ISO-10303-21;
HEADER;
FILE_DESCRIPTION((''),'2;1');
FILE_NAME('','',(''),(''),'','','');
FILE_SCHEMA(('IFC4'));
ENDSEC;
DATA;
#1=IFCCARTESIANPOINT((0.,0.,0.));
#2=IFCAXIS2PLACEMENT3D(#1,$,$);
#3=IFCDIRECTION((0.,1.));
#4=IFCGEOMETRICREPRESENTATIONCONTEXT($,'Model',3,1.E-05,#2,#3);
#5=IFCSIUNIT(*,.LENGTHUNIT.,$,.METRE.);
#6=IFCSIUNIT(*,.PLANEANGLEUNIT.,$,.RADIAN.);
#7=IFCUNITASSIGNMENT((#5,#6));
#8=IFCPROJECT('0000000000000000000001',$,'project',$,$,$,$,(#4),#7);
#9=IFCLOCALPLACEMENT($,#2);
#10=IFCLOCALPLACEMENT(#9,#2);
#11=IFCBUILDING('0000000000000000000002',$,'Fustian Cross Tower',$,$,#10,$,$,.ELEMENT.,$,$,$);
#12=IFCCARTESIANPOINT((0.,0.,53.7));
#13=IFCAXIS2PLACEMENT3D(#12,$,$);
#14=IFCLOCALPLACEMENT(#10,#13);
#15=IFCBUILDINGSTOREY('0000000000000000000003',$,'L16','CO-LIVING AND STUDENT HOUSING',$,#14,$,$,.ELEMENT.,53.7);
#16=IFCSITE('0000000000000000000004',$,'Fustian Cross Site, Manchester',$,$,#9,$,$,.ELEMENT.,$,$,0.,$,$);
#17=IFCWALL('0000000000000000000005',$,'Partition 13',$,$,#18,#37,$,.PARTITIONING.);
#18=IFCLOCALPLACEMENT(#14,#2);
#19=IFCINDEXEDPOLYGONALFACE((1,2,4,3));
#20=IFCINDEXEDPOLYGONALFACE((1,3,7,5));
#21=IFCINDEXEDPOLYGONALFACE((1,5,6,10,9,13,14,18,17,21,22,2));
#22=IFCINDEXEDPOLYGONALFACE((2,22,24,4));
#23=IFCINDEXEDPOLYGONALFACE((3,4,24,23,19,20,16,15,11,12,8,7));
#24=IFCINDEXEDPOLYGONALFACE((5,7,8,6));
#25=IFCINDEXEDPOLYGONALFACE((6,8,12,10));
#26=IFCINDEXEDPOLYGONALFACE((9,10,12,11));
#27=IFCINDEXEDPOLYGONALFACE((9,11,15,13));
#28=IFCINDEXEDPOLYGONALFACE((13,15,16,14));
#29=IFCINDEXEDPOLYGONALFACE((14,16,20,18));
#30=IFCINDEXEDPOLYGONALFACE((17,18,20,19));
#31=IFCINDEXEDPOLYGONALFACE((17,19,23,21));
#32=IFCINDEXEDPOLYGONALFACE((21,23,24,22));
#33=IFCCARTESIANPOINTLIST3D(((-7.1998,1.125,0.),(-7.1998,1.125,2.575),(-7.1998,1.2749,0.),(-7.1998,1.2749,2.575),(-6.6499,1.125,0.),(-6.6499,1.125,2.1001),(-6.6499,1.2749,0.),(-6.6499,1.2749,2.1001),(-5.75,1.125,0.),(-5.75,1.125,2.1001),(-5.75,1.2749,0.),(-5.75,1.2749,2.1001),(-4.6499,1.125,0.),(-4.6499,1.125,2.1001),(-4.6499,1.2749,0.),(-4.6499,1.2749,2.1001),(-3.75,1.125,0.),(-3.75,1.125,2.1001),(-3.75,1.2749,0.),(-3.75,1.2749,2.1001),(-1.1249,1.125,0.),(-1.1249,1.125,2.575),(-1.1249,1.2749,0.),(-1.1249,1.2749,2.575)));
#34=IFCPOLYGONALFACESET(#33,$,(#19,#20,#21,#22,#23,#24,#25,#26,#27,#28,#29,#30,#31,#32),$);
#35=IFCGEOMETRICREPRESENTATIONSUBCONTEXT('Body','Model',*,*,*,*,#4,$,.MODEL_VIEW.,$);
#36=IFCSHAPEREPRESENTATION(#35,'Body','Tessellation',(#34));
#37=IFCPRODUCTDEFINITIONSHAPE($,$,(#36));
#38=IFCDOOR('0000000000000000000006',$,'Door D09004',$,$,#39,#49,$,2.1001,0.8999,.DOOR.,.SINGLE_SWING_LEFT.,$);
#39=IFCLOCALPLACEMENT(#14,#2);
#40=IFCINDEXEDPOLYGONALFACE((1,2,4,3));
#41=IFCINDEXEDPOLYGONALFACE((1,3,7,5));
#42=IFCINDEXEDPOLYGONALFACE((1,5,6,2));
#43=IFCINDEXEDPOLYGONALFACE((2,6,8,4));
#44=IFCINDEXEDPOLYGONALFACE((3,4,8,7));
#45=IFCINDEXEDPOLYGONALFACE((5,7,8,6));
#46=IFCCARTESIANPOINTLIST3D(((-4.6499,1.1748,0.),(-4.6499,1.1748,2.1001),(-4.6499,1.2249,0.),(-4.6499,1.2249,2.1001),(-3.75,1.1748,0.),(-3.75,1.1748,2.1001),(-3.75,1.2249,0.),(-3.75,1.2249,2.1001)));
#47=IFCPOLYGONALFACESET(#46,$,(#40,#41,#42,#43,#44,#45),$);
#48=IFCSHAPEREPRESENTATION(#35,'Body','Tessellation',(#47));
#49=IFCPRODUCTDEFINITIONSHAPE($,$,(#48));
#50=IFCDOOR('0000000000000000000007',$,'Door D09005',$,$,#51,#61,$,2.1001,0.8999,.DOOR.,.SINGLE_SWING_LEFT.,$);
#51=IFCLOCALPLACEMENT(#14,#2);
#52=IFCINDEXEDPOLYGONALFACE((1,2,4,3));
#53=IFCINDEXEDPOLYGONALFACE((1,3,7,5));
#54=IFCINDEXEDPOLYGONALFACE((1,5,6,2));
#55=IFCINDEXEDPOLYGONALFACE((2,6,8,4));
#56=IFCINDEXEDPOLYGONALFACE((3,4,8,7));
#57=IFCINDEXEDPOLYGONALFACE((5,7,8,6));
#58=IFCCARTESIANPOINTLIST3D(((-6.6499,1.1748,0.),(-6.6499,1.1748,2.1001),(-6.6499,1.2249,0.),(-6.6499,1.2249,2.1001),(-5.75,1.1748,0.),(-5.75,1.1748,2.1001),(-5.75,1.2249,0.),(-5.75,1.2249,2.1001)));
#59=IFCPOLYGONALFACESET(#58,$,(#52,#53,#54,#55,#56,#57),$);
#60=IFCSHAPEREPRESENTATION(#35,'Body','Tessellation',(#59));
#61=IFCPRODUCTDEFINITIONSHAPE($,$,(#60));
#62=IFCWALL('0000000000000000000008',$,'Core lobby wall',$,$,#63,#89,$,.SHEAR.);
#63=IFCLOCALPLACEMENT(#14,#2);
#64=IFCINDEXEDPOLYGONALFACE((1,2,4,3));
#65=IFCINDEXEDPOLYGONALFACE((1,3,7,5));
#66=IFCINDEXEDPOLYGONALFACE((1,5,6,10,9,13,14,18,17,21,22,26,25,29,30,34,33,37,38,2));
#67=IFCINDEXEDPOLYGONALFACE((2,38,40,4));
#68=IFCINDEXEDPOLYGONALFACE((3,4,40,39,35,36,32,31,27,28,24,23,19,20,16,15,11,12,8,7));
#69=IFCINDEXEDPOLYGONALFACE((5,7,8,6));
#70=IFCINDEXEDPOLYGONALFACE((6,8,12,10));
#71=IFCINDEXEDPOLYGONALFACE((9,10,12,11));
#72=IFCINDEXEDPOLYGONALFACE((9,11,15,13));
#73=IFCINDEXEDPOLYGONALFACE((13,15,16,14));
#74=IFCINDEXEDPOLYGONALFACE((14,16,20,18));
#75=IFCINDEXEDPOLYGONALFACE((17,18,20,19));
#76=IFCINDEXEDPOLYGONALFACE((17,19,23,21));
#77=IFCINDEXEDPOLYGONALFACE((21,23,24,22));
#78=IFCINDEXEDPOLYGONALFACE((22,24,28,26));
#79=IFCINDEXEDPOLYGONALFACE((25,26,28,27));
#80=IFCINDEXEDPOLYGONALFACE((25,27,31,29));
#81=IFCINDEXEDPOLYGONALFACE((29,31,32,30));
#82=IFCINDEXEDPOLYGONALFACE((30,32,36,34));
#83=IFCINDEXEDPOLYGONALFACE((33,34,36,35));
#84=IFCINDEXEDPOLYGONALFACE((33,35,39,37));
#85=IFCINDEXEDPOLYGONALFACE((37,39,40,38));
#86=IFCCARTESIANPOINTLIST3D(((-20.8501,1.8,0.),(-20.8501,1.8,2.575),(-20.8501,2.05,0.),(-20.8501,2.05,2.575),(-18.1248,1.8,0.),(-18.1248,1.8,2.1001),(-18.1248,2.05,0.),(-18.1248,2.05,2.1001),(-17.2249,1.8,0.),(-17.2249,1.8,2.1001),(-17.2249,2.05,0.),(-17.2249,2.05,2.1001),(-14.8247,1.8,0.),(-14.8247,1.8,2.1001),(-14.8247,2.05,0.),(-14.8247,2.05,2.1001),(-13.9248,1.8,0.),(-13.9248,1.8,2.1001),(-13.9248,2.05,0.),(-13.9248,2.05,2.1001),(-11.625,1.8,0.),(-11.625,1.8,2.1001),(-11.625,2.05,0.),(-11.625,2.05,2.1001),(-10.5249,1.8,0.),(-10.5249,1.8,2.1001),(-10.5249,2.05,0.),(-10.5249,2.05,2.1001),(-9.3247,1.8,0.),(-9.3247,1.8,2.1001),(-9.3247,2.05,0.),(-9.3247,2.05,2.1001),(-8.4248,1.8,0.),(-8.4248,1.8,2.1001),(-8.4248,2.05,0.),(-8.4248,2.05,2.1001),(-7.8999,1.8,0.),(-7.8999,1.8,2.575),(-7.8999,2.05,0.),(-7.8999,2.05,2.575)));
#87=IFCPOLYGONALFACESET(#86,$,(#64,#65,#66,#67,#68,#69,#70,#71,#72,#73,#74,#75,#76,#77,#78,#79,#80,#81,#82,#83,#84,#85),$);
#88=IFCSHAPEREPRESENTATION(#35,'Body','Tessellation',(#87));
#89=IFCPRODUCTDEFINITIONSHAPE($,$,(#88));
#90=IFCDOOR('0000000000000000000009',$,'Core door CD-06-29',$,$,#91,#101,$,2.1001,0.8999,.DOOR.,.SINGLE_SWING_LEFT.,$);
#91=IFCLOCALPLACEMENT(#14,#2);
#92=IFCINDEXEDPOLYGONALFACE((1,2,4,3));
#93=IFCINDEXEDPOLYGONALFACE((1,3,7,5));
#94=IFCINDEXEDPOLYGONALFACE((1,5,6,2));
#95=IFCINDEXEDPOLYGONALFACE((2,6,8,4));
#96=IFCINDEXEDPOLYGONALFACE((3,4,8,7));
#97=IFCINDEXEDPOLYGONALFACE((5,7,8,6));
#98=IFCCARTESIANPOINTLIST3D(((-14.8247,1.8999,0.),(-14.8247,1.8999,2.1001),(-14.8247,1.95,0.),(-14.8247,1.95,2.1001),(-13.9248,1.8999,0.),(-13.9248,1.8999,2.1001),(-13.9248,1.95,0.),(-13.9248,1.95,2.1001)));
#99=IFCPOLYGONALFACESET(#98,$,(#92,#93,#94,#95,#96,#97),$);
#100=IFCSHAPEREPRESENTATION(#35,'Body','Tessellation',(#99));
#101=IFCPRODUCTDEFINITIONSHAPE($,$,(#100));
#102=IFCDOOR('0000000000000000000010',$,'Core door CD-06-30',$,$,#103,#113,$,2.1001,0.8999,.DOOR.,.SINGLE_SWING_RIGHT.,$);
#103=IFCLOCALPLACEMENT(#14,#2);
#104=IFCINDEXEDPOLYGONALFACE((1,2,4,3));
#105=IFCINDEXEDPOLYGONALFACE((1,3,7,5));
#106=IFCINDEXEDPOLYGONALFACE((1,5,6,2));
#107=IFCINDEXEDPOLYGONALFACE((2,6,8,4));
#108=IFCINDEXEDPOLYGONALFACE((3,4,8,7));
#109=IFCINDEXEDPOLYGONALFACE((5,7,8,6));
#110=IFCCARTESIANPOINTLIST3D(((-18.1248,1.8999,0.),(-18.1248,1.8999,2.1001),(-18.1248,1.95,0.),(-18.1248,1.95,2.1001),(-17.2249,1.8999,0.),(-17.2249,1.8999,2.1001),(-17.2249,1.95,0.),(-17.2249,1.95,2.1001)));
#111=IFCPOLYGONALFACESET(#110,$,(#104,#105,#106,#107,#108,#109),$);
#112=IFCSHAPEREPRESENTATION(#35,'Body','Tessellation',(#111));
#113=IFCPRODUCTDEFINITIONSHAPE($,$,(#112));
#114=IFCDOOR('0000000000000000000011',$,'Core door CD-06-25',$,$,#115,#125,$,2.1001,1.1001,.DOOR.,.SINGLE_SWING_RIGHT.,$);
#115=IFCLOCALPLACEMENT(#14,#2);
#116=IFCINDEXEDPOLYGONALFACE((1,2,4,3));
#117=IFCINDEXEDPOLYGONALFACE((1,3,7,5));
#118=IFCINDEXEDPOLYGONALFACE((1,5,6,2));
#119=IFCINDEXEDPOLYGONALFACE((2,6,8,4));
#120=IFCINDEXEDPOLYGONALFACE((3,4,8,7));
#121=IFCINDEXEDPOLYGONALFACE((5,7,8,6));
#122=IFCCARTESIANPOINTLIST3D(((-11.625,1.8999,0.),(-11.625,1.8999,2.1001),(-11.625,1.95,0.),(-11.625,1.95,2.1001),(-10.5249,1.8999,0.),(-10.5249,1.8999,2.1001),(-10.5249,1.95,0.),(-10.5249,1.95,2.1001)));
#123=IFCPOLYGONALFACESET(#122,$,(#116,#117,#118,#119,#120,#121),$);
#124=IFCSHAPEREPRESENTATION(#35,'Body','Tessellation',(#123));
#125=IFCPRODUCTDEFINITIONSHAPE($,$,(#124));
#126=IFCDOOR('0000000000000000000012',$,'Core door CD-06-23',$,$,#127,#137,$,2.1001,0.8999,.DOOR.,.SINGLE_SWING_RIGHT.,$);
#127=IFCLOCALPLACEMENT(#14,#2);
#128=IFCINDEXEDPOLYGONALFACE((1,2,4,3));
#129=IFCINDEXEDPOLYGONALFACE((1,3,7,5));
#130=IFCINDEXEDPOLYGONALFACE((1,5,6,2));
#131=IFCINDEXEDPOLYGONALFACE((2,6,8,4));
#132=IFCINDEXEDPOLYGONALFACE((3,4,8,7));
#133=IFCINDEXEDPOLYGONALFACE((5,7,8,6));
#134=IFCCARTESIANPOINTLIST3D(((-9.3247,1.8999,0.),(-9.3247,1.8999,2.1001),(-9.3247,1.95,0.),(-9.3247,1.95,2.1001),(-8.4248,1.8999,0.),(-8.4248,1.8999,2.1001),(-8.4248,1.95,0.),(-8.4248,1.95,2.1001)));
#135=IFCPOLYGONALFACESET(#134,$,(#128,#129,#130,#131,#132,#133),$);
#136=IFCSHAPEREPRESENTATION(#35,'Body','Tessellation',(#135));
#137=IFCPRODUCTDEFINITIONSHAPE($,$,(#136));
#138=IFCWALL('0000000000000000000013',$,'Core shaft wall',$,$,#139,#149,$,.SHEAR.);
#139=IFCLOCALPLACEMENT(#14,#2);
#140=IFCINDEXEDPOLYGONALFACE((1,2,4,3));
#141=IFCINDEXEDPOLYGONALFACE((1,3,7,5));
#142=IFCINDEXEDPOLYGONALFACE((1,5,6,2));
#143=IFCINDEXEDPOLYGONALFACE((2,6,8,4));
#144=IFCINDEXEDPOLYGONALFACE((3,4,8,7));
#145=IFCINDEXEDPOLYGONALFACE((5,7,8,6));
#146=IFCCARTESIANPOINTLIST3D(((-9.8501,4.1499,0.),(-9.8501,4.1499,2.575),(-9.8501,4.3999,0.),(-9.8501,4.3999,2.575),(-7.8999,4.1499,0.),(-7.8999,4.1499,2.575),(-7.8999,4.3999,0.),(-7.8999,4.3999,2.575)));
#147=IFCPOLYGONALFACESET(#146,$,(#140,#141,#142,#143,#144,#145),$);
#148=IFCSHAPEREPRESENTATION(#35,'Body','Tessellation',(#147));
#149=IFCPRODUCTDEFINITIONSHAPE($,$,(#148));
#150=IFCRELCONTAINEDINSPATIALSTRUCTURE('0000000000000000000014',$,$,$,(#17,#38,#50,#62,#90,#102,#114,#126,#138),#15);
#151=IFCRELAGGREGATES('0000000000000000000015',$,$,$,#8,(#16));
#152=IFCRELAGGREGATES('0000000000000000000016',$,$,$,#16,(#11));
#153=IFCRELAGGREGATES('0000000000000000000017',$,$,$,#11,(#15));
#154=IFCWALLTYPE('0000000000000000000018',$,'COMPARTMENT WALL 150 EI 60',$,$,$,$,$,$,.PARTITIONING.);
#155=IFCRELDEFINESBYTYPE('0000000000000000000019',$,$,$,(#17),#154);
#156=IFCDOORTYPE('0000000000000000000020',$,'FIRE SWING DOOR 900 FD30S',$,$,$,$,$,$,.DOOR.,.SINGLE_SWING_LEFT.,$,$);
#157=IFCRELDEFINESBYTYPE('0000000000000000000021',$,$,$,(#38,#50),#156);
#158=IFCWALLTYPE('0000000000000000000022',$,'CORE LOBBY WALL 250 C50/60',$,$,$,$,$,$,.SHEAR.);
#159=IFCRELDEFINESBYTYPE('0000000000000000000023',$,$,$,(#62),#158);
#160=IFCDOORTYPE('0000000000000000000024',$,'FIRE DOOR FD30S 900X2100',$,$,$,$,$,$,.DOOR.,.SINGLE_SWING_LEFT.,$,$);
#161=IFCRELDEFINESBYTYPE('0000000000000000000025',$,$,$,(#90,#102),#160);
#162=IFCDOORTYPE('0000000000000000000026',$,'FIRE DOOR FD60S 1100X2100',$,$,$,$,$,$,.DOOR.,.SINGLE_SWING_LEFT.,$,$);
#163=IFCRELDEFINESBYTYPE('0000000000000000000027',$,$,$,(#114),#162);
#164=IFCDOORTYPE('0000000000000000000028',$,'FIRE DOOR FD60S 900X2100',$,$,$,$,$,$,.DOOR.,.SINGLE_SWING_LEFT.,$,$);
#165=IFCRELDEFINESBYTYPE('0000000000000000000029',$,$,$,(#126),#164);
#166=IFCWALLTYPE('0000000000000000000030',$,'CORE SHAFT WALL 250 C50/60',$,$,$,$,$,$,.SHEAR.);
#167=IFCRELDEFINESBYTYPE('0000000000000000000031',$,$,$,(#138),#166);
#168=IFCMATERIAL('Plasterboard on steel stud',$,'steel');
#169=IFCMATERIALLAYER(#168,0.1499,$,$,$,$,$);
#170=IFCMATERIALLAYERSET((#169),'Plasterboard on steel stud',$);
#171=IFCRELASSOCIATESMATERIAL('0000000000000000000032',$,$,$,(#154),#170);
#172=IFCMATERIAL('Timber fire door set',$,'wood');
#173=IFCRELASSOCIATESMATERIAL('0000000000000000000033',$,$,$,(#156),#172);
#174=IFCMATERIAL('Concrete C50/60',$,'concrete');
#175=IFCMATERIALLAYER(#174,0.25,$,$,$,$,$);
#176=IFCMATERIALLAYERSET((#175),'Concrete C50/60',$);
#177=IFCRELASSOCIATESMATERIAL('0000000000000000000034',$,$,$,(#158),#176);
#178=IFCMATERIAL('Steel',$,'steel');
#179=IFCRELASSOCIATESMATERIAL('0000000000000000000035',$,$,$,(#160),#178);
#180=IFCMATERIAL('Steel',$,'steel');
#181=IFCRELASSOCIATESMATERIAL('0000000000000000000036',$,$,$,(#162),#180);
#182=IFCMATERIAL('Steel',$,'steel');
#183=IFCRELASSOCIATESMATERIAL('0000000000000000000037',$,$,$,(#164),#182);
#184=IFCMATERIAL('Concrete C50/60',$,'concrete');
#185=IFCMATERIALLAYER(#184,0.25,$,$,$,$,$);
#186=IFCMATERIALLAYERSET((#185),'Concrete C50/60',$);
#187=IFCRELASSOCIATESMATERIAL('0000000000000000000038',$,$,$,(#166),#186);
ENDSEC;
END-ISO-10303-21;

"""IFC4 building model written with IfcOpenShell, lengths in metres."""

from ifc_helpers import new_model, si_unit, direction, frame, frame_2d, origin, place, context, subcontext, project, spatial, rectangle, extrude, material, layer, layer_set, type_object, element, fill, save


model = new_model("IFC4")

# Units and contexts
model_context = context("Model", 3, precision=1e-05, world=origin(), true_north=direction((0.0, 1.0)))
body_context = subcontext(model_context, "Body", "Model", "MODEL_VIEW")
ifc_project = project(units=[si_unit("LENGTHUNIT", "METRE"), si_unit("PLANEANGLEUNIT", "RADIAN")], contexts=[model_context])

# Site, building, storey
site_placement = place(None, origin())
site = spatial("IfcSite", under=ifc_project, at=site_placement, Name="Fustian Cross Site, Manchester", CompositionType="ELEMENT", RefElevation=0.0)
building_placement = place(site_placement, origin())
building = spatial("IfcBuilding", under=site, at=building_placement, Name="Fustian Cross Tower", CompositionType="ELEMENT")
storey_placement = place(building_placement, frame((0.0, 0.0, 53.7)))
storey = spatial("IfcBuildingStorey", under=building, at=storey_placement, Name="L16", Description="CO-LIVING AND STUDENT HOUSING", CompositionType="ELEMENT", Elevation=53.7)

# Walls, openings, doors
ifc_material_1 = material(Name="Plasterboard on steel stud", Category="steel")
ifc_layer_1 = layer(ifc_material_1, 0.1499)
ifc_layer_set_1 = layer_set([ifc_layer_1], Name="Plasterboard on steel stud")
wall_type_1 = type_object("IfcWallType", Name="COMPARTMENT WALL 150 EI 60", PredefinedType="PARTITIONING", material=ifc_layer_set_1)
wall_1_placement = place(storey_placement, frame((-7.2, 1.2, 0.0), z_axis=(0.0, 0.0, 1.0), x_axis=(1.0, 0.0, 0.0)))
wall_1 = element("IfcWall", 1, at=wall_1_placement, inside=storey, type_object=wall_type_1, Name="Partition 13", PredefinedType="PARTITIONING", context=body_context, shape_type="SweptSolid", body=[
    extrude(rectangle(XDim=6.075, YDim=0.1499, at=frame_2d((3.0376, 0.0))), origin(), (0.0, 0.0, 1.0), 2.575),
])
opening_1_placement = place(wall_1_placement, frame((2.55, 0.0, 0.0)))
opening_1 = element("IfcOpeningElement", 2, at=opening_1_placement, cuts=wall_1, PredefinedType="OPENING", context=body_context, shape_type="SweptSolid", body=[
    extrude(rectangle(XDim=0.8999, YDim=2.1001, at=frame_2d((0.45, 1.05))), frame((0.0, 0.085, 0.0), z_axis=(0.0, -1.0, 0.0), x_axis=(1.0, 0.0, 0.0)), (0.0, 0.0, 1.0), 0.1699),
])
opening_2_placement = place(wall_1_placement, frame((0.55, 0.0, 0.0)))
opening_2 = element("IfcOpeningElement", 3, at=opening_2_placement, cuts=wall_1, PredefinedType="OPENING", context=body_context, shape_type="SweptSolid", body=[
    extrude(rectangle(XDim=0.8999, YDim=2.1001, at=frame_2d((0.45, 1.05))), frame((0.0, 0.085, 0.0), z_axis=(0.0, -1.0, 0.0), x_axis=(1.0, 0.0, 0.0)), (0.0, 0.0, 1.0), 0.1699),
])
ifc_material_2 = material(Name="Timber fire door set", Category="wood")
door_type_1 = type_object("IfcDoorType", Name="FIRE SWING DOOR 900 FD30S", OperationType="SINGLE_SWING_LEFT", PredefinedType="DOOR", material=ifc_material_2)
door_1_placement = place(opening_1_placement, origin())
door_1 = element("IfcDoor", 4, at=door_1_placement, inside=storey, type_object=door_type_1, Name="Door D09004", OperationType="SINGLE_SWING_LEFT", OverallHeight=2.1001, OverallWidth=0.8999, PredefinedType="DOOR", context=body_context, shape_type="SweptSolid", body=[
    extrude(rectangle(XDim=0.8999, YDim=2.1001, at=frame_2d((0.45, 1.05))), frame((0.0, 0.0249, 0.0), z_axis=(0.0, -1.0, 0.0), x_axis=(1.0, 0.0, 0.0)), (0.0, 0.0, 1.0), 0.05),
])
fill(opening_1, door_1)
door_2_placement = place(opening_2_placement, origin())
door_2 = element("IfcDoor", 5, at=door_2_placement, inside=storey, type_object=door_type_1, Name="Door D09005", OperationType="SINGLE_SWING_LEFT", OverallHeight=2.1001, OverallWidth=0.8999, PredefinedType="DOOR", context=body_context, shape_type="SweptSolid", body=[
    extrude(rectangle(XDim=0.8999, YDim=2.1001, at=frame_2d((0.45, 1.05))), frame((0.0, 0.0249, 0.0), z_axis=(0.0, -1.0, 0.0), x_axis=(1.0, 0.0, 0.0)), (0.0, 0.0, 1.0), 0.05),
])
fill(opening_2, door_2)
ifc_material_3 = material(Name="Concrete C50/60", Category="concrete")
ifc_layer_2 = layer(ifc_material_3, 0.25)
ifc_layer_set_2 = layer_set([ifc_layer_2], Name="Concrete C50/60")
wall_type_2 = type_object("IfcWallType", Name="CORE LOBBY WALL 250 C50/60", PredefinedType="SHEAR", material=ifc_layer_set_2)
wall_2_placement = place(storey_placement, frame((-7.8999, 1.925, 0.0), z_axis=(0.0, 0.0, 1.0), x_axis=(-1.0, 0.0, 0.0)))
wall_2 = element("IfcWall", 6, at=wall_2_placement, inside=storey, type_object=wall_type_2, Name="Core lobby wall", PredefinedType="SHEAR", context=body_context, shape_type="SweptSolid", body=[
    extrude(rectangle(XDim=12.9502, YDim=0.25, at=frame_2d((6.4751, 0.0))), origin(), (0.0, 0.0, 1.0), 2.575),
])
opening_3_placement = place(wall_2_placement, frame((0.5249, 0.0, 0.0)))
opening_3 = element("IfcOpeningElement", 7, at=opening_3_placement, cuts=wall_2, PredefinedType="OPENING", context=body_context, shape_type="SweptSolid", body=[
    extrude(rectangle(XDim=0.8999, YDim=2.1001, at=frame_2d((0.45, 1.05))), frame((0.0, 0.135, 0.0), z_axis=(0.0, -1.0, 0.0), x_axis=(1.0, 0.0, 0.0)), (0.0, 0.0, 1.0), 0.27),
])
opening_4_placement = place(wall_2_placement, frame((2.625, 0.0, 0.0)))
opening_4 = element("IfcOpeningElement", 8, at=opening_4_placement, cuts=wall_2, PredefinedType="OPENING", context=body_context, shape_type="SweptSolid", body=[
    extrude(rectangle(XDim=1.1001, YDim=2.1001, at=frame_2d((0.55, 1.05))), frame((0.0, 0.135, 0.0), z_axis=(0.0, -1.0, 0.0), x_axis=(1.0, 0.0, 0.0)), (0.0, 0.0, 1.0), 0.27),
])
opening_5_placement = place(wall_2_placement, frame((6.0249, 0.0, 0.0)))
opening_5 = element("IfcOpeningElement", 9, at=opening_5_placement, cuts=wall_2, PredefinedType="OPENING", context=body_context, shape_type="SweptSolid", body=[
    extrude(rectangle(XDim=0.8999, YDim=2.1001, at=frame_2d((0.45, 1.05))), frame((0.0, 0.135, 0.0), z_axis=(0.0, -1.0, 0.0), x_axis=(1.0, 0.0, 0.0)), (0.0, 0.0, 1.0), 0.27),
])
opening_6_placement = place(wall_2_placement, frame((9.325, 0.0, 0.0)))
opening_6 = element("IfcOpeningElement", 10, at=opening_6_placement, cuts=wall_2, PredefinedType="OPENING", context=body_context, shape_type="SweptSolid", body=[
    extrude(rectangle(XDim=0.8999, YDim=2.1001, at=frame_2d((0.45, 1.05))), frame((0.0, 0.135, 0.0), z_axis=(0.0, -1.0, 0.0), x_axis=(1.0, 0.0, 0.0)), (0.0, 0.0, 1.0), 0.27),
])
ifc_material_4 = material(Name="Steel", Category="steel")
door_type_2 = type_object("IfcDoorType", Name="FIRE DOOR FD30S 900X2100", OperationType="SINGLE_SWING_LEFT", PredefinedType="DOOR", material=ifc_material_4)
door_3_placement = place(opening_5_placement, frame((0.8999, 0.0, 0.0), z_axis=(0.0, 0.0, 1.0), x_axis=(-1.0, 0.0, 0.0)))
door_3 = element("IfcDoor", 11, at=door_3_placement, inside=storey, type_object=door_type_2, Name="Core door CD-06-29", OperationType="SINGLE_SWING_LEFT", OverallHeight=2.1001, OverallWidth=0.8999, PredefinedType="DOOR", context=body_context, shape_type="SweptSolid", body=[
    extrude(rectangle(XDim=0.8999, YDim=2.1001, at=frame_2d((0.45, 1.05))), frame((0.0, 0.0249, 0.0), z_axis=(0.0, -1.0, 0.0), x_axis=(1.0, 0.0, 0.0)), (0.0, 0.0, 1.0), 0.05),
])
fill(opening_5, door_3)
door_4_placement = place(opening_6_placement, frame((0.8999, 0.0, 0.0), z_axis=(0.0, 0.0, 1.0), x_axis=(-1.0, 0.0, 0.0)))
door_4 = element("IfcDoor", 12, at=door_4_placement, inside=storey, type_object=door_type_2, Name="Core door CD-06-30", OperationType="SINGLE_SWING_RIGHT", OverallHeight=2.1001, OverallWidth=0.8999, PredefinedType="DOOR", context=body_context, shape_type="SweptSolid", body=[
    extrude(rectangle(XDim=0.8999, YDim=2.1001, at=frame_2d((0.45, 1.05))), frame((0.0, 0.0249, 0.0), z_axis=(0.0, -1.0, 0.0), x_axis=(1.0, 0.0, 0.0)), (0.0, 0.0, 1.0), 0.05),
])
fill(opening_6, door_4)
ifc_material_5 = material(Name="Steel", Category="steel")
door_type_3 = type_object("IfcDoorType", Name="FIRE DOOR FD60S 1100X2100", OperationType="SINGLE_SWING_LEFT", PredefinedType="DOOR", material=ifc_material_5)
door_5_placement = place(opening_4_placement, frame((1.1001, 0.0, 0.0), z_axis=(0.0, 0.0, 1.0), x_axis=(-1.0, 0.0, 0.0)))
door_5 = element("IfcDoor", 13, at=door_5_placement, inside=storey, type_object=door_type_3, Name="Core door CD-06-25", OperationType="SINGLE_SWING_RIGHT", OverallHeight=2.1001, OverallWidth=1.1001, PredefinedType="DOOR", context=body_context, shape_type="SweptSolid", body=[
    extrude(rectangle(XDim=1.1001, YDim=2.1001, at=frame_2d((0.55, 1.05))), frame((0.0, 0.0249, 0.0), z_axis=(0.0, -1.0, 0.0), x_axis=(1.0, 0.0, 0.0)), (0.0, 0.0, 1.0), 0.05),
])
fill(opening_4, door_5)
ifc_material_6 = material(Name="Steel", Category="steel")
door_type_4 = type_object("IfcDoorType", Name="FIRE DOOR FD60S 900X2100", OperationType="SINGLE_SWING_LEFT", PredefinedType="DOOR", material=ifc_material_6)
door_6_placement = place(opening_3_placement, frame((0.8999, 0.0, 0.0), z_axis=(0.0, 0.0, 1.0), x_axis=(-1.0, 0.0, 0.0)))
door_6 = element("IfcDoor", 14, at=door_6_placement, inside=storey, type_object=door_type_4, Name="Core door CD-06-23", OperationType="SINGLE_SWING_RIGHT", OverallHeight=2.1001, OverallWidth=0.8999, PredefinedType="DOOR", context=body_context, shape_type="SweptSolid", body=[
    extrude(rectangle(XDim=0.8999, YDim=2.1001, at=frame_2d((0.45, 1.05))), frame((0.0, 0.0249, 0.0), z_axis=(0.0, -1.0, 0.0), x_axis=(1.0, 0.0, 0.0)), (0.0, 0.0, 1.0), 0.05),
])
fill(opening_3, door_6)

# Wall
ifc_material_7 = material(Name="Concrete C50/60", Category="concrete")
ifc_layer_3 = layer(ifc_material_7, 0.25)
ifc_layer_set_3 = layer_set([ifc_layer_3], Name="Concrete C50/60")
wall_type_3 = type_object("IfcWallType", Name="CORE SHAFT WALL 250 C50/60", PredefinedType="SHEAR", material=ifc_layer_set_3)
wall_3_placement = place(storey_placement, frame((-7.8999, 4.2749, 0.0), z_axis=(0.0, 0.0, 1.0), x_axis=(-1.0, 0.0, 0.0)))
element("IfcWall", 15, at=wall_3_placement, inside=storey, type_object=wall_type_3, Name="Core shaft wall", PredefinedType="SHEAR", context=body_context, shape_type="SweptSolid", body=[
    extrude(rectangle(XDim=1.9502, YDim=0.25, at=frame_2d((0.9751, 0.0))), origin(), (0.0, 0.0, 1.0), 2.575),
])

save(model, "model.ifc")
